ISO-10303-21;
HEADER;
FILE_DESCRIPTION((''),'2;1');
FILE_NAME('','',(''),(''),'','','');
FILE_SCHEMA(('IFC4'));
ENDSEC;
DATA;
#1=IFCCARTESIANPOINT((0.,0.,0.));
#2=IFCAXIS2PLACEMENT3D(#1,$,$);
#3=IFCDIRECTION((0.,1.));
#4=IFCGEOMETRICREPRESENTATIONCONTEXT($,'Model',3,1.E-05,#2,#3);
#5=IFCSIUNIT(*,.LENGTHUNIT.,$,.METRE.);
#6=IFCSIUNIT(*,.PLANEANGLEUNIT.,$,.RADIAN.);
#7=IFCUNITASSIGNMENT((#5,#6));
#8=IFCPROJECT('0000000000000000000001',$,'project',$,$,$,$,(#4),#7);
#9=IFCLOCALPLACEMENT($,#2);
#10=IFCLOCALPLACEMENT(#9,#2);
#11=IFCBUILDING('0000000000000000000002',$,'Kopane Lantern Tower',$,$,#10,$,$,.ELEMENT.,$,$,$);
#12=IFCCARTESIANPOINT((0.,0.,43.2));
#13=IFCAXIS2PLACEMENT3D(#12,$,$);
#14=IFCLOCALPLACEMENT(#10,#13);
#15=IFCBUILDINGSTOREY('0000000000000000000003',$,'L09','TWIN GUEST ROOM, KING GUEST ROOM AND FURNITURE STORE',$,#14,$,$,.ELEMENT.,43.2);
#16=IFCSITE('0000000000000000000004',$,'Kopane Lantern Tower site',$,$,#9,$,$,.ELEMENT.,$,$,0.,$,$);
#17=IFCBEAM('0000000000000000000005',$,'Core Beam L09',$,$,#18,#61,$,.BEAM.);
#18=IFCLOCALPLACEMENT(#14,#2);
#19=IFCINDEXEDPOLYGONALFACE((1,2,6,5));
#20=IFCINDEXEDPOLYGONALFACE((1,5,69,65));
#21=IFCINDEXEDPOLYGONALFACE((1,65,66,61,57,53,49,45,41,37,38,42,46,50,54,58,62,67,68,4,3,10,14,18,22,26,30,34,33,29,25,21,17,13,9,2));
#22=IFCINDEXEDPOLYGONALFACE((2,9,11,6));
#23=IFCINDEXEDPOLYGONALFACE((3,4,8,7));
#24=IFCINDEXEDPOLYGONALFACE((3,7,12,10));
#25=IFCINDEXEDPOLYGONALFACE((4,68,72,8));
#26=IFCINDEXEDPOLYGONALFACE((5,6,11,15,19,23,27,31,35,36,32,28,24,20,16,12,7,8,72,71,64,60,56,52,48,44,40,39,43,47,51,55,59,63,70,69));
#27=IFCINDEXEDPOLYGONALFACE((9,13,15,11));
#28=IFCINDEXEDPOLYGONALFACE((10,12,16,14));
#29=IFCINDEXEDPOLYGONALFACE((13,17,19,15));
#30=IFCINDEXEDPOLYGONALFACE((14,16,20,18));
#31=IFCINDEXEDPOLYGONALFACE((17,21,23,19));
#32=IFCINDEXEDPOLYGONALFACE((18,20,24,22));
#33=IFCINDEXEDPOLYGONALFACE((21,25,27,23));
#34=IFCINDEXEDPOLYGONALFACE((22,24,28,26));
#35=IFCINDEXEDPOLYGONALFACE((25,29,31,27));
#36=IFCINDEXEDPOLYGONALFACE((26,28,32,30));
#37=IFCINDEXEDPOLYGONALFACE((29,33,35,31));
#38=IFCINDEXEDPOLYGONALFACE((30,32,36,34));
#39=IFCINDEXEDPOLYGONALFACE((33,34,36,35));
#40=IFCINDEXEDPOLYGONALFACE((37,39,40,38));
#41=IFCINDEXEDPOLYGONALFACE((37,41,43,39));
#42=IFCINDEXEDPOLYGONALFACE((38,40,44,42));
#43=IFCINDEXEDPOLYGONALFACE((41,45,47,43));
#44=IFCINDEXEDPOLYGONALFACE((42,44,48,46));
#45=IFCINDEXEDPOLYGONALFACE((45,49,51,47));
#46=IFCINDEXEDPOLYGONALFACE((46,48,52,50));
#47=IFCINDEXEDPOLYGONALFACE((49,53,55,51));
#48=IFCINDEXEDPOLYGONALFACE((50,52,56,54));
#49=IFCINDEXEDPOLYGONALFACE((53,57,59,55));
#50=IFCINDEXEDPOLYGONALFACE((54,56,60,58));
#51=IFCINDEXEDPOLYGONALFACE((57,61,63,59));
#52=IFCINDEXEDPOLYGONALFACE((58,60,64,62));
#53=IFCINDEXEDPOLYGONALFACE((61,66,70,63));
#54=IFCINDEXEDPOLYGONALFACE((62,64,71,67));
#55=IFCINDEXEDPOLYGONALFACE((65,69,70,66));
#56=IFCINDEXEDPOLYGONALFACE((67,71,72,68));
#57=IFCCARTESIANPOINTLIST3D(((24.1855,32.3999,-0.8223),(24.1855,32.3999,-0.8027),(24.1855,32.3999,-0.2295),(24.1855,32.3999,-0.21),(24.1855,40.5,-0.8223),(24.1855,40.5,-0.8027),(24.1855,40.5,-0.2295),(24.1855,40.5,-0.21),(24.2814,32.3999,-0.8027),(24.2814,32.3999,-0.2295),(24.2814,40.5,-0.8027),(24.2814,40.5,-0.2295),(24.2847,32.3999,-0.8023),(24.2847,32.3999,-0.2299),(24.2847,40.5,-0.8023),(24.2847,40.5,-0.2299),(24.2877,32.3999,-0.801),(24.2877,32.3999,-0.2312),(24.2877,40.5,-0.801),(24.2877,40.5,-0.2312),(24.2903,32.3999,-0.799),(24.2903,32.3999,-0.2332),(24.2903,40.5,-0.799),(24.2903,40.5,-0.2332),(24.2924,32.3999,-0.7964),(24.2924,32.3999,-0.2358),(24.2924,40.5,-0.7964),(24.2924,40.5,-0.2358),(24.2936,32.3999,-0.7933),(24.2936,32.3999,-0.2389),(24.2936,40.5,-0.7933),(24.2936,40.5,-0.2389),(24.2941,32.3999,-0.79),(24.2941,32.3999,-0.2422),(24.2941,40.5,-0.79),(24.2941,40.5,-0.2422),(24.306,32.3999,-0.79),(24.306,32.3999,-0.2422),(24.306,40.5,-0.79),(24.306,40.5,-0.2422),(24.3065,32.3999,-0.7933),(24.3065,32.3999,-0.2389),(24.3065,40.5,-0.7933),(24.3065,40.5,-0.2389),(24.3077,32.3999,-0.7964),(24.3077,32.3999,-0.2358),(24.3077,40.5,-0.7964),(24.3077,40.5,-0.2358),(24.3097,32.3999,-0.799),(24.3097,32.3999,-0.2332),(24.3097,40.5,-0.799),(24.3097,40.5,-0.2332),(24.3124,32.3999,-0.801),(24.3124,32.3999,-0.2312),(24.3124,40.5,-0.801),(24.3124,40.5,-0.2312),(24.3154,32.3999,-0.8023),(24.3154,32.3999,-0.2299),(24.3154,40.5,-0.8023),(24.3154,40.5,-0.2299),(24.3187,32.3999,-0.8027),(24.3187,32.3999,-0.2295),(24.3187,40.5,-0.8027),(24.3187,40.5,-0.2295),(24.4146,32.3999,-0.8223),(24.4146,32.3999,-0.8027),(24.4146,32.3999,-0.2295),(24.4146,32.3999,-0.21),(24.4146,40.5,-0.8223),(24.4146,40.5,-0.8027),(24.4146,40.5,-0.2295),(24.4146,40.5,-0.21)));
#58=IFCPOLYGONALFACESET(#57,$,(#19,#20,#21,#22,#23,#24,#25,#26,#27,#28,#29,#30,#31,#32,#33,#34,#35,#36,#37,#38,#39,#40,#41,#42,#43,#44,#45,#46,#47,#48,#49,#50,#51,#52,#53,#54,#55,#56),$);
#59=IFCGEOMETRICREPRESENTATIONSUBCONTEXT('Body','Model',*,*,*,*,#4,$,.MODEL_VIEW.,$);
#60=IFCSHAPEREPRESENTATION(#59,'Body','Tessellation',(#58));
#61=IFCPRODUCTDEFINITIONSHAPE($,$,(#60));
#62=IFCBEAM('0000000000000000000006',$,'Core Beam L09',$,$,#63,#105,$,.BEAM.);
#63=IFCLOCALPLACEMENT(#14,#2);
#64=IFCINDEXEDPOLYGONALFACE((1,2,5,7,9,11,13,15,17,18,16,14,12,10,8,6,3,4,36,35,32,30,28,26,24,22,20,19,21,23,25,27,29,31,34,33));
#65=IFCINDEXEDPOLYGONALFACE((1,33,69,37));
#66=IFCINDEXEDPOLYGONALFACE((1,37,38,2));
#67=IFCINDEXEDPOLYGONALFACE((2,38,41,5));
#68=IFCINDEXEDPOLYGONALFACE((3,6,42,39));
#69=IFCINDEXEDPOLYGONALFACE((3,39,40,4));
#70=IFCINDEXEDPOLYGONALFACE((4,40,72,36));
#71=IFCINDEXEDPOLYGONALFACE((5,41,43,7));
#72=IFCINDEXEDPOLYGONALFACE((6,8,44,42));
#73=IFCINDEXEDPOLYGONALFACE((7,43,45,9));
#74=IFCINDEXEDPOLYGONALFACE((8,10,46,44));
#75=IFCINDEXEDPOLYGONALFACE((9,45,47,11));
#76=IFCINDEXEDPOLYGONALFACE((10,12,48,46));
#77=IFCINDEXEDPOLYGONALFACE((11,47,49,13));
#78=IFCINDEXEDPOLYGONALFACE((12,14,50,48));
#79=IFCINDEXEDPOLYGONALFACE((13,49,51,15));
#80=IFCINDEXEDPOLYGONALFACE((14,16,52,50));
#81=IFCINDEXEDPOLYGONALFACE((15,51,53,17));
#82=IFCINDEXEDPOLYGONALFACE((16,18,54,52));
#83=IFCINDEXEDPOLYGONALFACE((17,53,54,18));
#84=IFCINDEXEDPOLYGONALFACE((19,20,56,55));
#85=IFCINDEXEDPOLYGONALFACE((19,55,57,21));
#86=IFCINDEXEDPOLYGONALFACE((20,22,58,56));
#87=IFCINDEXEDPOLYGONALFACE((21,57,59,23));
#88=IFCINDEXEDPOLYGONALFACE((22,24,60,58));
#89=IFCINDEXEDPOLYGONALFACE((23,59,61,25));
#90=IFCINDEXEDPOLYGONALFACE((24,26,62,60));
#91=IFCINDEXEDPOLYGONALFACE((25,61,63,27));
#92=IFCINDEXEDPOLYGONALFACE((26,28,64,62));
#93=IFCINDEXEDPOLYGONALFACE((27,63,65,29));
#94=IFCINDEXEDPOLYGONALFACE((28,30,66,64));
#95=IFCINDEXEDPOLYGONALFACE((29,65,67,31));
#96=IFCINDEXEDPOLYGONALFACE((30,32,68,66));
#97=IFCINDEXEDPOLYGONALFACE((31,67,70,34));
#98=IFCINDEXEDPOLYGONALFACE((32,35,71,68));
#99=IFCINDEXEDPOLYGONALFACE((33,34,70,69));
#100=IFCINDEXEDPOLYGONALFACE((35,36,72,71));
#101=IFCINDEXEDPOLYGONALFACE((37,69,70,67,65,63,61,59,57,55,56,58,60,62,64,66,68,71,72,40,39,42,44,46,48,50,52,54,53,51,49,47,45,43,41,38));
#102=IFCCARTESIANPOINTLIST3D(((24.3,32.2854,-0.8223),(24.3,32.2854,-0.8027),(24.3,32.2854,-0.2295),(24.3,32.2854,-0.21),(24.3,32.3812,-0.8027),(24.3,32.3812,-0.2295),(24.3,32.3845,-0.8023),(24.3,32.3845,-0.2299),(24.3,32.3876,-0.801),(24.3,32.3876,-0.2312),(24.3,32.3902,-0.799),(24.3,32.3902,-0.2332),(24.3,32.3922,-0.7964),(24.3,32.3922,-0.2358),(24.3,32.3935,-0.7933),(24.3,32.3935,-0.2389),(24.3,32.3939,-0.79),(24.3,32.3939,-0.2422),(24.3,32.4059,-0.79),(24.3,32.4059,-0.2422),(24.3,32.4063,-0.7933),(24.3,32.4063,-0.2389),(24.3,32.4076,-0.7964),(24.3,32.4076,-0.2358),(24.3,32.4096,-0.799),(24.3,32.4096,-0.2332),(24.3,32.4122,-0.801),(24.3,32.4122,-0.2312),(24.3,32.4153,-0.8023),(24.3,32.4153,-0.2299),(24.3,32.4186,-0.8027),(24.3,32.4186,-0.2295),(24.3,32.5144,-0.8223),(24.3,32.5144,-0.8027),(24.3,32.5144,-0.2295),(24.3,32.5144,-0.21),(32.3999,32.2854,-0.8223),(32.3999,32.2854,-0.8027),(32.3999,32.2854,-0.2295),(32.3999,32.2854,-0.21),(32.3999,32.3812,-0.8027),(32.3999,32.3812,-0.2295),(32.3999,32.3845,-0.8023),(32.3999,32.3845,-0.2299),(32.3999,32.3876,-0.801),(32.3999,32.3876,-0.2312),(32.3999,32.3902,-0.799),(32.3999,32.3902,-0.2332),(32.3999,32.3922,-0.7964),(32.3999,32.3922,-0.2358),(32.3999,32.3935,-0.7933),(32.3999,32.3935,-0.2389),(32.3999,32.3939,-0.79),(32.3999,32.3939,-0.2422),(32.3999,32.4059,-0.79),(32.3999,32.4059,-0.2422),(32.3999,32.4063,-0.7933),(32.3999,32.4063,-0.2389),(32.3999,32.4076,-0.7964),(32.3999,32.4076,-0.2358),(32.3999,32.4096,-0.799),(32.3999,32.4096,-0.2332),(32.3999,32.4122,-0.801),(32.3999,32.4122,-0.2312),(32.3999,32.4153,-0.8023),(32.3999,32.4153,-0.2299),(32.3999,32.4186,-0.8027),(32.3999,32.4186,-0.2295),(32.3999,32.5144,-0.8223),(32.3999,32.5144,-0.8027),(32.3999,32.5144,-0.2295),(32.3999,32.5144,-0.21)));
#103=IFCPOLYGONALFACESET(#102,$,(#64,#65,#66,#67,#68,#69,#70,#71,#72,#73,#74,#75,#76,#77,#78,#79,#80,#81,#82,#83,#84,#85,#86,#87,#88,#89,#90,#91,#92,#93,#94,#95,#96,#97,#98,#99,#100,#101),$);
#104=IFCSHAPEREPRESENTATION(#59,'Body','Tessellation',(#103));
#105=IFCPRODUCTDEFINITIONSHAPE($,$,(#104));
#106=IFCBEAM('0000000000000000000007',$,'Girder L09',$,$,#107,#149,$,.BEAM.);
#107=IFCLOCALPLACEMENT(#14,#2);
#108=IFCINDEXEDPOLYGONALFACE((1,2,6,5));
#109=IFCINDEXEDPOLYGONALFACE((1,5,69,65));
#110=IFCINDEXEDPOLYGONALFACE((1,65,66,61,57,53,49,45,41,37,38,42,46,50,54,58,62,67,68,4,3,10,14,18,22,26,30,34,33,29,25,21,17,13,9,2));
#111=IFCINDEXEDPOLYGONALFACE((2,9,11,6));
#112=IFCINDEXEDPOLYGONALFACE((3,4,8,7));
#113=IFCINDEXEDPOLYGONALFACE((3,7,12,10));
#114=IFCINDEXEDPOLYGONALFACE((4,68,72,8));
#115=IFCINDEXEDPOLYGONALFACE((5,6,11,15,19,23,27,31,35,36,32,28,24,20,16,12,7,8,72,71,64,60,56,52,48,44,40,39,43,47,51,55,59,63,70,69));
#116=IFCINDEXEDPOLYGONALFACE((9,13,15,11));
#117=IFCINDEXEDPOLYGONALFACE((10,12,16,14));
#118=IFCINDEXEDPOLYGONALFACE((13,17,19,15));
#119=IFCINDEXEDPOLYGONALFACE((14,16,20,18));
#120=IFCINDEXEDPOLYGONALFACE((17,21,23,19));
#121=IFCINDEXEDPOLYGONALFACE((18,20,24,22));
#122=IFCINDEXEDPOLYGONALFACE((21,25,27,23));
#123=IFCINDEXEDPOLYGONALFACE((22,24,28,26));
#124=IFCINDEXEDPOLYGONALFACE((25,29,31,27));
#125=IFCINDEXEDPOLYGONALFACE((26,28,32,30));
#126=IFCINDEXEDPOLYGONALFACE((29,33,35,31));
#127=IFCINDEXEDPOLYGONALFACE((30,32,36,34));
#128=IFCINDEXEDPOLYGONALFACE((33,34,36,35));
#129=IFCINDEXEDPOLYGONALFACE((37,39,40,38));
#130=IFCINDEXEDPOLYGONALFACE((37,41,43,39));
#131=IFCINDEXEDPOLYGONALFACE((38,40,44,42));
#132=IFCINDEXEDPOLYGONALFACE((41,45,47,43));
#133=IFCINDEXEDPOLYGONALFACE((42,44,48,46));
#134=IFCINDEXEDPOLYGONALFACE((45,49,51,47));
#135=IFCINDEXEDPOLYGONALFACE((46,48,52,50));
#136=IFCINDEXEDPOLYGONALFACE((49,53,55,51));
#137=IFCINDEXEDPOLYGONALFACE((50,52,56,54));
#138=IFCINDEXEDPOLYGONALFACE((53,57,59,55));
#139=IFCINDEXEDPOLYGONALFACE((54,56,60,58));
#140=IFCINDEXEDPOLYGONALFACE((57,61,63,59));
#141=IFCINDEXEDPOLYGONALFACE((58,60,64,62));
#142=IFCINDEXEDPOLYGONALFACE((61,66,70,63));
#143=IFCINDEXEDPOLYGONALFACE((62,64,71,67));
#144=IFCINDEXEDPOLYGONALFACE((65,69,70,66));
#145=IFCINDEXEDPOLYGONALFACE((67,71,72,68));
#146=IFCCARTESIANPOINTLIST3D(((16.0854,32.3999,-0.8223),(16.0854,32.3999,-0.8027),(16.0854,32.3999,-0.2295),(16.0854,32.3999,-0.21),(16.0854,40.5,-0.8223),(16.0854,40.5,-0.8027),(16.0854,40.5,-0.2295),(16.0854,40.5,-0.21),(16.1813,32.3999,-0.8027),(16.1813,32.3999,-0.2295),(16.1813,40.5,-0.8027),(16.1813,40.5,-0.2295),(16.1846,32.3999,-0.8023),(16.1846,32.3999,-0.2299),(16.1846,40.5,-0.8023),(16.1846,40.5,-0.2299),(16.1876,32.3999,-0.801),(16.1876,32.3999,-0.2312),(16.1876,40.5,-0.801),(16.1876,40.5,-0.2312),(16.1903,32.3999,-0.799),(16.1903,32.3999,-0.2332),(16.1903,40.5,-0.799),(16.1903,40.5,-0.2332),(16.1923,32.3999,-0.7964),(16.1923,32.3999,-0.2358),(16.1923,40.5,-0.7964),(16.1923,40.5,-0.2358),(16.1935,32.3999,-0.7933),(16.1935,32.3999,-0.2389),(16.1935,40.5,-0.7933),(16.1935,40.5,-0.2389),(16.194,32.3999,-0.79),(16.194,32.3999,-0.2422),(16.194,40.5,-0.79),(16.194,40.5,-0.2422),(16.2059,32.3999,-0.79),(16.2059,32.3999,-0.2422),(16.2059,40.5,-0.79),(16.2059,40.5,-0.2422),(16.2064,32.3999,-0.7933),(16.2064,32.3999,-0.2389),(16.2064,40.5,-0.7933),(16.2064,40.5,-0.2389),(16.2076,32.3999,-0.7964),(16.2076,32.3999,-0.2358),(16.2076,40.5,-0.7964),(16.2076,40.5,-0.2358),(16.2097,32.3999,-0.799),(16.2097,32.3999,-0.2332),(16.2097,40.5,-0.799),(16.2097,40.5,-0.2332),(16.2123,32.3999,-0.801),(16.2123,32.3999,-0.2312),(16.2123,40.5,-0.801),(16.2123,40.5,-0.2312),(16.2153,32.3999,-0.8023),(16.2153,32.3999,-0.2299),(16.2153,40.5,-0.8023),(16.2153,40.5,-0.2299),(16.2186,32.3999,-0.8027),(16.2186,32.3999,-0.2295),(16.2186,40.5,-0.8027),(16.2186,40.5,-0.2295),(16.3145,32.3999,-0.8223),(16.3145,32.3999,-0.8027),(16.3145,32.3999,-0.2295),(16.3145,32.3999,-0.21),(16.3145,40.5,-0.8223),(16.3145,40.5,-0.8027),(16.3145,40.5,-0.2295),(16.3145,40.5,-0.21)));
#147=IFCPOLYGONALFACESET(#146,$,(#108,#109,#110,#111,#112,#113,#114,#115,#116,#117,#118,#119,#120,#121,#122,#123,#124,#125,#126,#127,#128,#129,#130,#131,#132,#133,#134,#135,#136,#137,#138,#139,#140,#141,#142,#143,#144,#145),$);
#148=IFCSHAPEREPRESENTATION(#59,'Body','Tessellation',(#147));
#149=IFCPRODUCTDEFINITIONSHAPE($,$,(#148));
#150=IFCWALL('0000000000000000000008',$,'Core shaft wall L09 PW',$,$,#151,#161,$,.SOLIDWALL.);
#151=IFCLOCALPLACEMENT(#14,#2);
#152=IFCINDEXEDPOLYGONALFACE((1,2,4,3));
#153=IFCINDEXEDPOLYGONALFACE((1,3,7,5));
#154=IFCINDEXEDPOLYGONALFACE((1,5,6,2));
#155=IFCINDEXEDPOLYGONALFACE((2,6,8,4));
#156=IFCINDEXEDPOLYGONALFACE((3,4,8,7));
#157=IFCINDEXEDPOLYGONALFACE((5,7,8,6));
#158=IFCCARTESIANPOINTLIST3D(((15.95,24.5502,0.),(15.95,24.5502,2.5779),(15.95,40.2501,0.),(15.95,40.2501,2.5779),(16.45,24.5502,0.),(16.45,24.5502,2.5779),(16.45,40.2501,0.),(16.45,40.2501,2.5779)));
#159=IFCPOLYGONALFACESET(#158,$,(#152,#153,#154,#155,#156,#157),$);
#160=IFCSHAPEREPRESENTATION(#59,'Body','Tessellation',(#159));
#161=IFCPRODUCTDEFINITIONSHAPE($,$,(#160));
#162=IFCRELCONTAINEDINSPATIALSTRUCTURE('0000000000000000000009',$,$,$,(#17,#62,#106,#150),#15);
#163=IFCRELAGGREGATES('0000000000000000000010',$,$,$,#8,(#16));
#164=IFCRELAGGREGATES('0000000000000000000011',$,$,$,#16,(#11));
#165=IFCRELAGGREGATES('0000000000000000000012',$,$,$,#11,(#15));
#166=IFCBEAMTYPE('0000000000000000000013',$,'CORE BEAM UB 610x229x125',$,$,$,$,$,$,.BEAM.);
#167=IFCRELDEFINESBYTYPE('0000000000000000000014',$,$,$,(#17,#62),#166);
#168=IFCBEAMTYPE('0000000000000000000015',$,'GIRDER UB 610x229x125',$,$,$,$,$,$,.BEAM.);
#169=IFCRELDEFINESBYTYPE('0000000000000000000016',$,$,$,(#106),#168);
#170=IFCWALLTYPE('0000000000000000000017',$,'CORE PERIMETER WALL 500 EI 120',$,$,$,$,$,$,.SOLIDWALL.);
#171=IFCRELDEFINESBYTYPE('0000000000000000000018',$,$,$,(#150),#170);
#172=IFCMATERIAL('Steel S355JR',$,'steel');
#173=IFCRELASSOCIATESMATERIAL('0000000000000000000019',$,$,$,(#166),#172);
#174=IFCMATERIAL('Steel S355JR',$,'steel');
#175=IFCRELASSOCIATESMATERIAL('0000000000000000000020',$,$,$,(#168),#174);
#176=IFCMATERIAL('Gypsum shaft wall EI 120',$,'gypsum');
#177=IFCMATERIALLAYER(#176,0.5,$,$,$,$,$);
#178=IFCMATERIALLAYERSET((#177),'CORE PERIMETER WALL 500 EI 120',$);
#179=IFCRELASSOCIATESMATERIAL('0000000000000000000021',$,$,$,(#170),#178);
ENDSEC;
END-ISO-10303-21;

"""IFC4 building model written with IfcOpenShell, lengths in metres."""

from ifc_helpers import new_model, si_unit, direction, frame, frame_2d, origin, origin_2d, place, context, subcontext, project, spatial, rectangle, i_section, extrude, material, layer, layer_set, material_profile, profile_set, type_object, element, save


model = new_model("IFC4")

# Units and contexts
model_context = context("Model", 3, precision=1e-05, world=origin(), true_north=direction((0.0, 1.0)))
body_context = subcontext(model_context, "Body", "Model", "MODEL_VIEW")
ifc_project = project(units=[si_unit("LENGTHUNIT", "METRE"), si_unit("PLANEANGLEUNIT", "RADIAN")], contexts=[model_context])

# Site, building, storey
site_placement = place(None, origin())
site = spatial("IfcSite", under=ifc_project, at=site_placement, Name="Kopane Lantern Tower site", CompositionType="ELEMENT", RefElevation=0.0)
building_placement = place(site_placement, origin())
building = spatial("IfcBuilding", under=site, at=building_placement, Name="Kopane Lantern Tower", CompositionType="ELEMENT")
storey_placement = place(building_placement, frame((0.0, 0.0, 43.2)))
storey = spatial("IfcBuildingStorey", under=building, at=storey_placement, Name="L09", Description="TWIN GUEST ROOM, KING GUEST ROOM AND FURNITURE STORE", CompositionType="ELEMENT", Elevation=43.2)

# Beams
ifc_material_1 = material(Name="Steel S355JR", Category="steel")
ifc_material_profile_1 = material_profile(ifc_material_1, i_section(OverallWidth=0.229, OverallDepth=0.6123, WebThickness=0.012, FlangeThickness=0.0195, FilletRadius=0.0127, at=origin_2d()), Name="UB 610x229x125")
ifc_profile_set_1 = profile_set([ifc_material_profile_1], Name="Steel S355JR")
beam_type_1 = type_object("IfcBeamType", Name="CORE BEAM UB 610x229x125", PredefinedType="BEAM", material=ifc_profile_set_1)
for number, where, z_axis, x_axis, name in (
    (1, (24.3, 32.3999, -0.5161), (0.0, 1.0, 0.0), (-1.0, 0.0, 0.0), "Core Beam L09"),
):
    element("IfcBeam", number, at=place(storey_placement, frame(where, z_axis=z_axis, x_axis=x_axis)), inside=storey, type_object=beam_type_1, Name=name, PredefinedType="BEAM", context=body_context, shape_type="SweptSolid", body=[
        extrude(i_section(OverallWidth=0.229, OverallDepth=0.6123, WebThickness=0.012, FlangeThickness=0.0195, FilletRadius=0.0127, at=origin_2d()), origin(), (0.0, 0.0, 1.0), 8.1001),
    ])
beam_1_placement = place(storey_placement, frame((24.3, 32.3999, -0.5161), z_axis=(1.0, 0.0, 0.0), x_axis=(0.0, 1.0, 0.0)))
element("IfcBeam", 2, at=beam_1_placement, inside=storey, type_object=beam_type_1, Name="Core Beam L09", PredefinedType="BEAM", context=body_context, shape_type="SweptSolid", body=[
    extrude(i_section(OverallWidth=0.229, OverallDepth=0.6123, WebThickness=0.012, FlangeThickness=0.0195, FilletRadius=0.0127, at=origin_2d()), origin(), (0.0, 0.0, 1.0), 8.0999),
])
ifc_material_2 = material(Name="Steel S355JR", Category="steel")
ifc_material_profile_2 = material_profile(ifc_material_2, i_section(OverallWidth=0.229, OverallDepth=0.6123, WebThickness=0.012, FlangeThickness=0.0195, FilletRadius=0.0127, at=origin_2d()), Name="UB 610x229x125")
ifc_profile_set_2 = profile_set([ifc_material_profile_2], Name="Steel S355JR")
beam_type_2 = type_object("IfcBeamType", Name="GIRDER UB 610x229x125", PredefinedType="BEAM", material=ifc_profile_set_2)
beam_2_placement = place(storey_placement, frame((16.2, 32.3999, -0.5161), z_axis=(0.0, 1.0, 0.0), x_axis=(-1.0, 0.0, 0.0)))
element("IfcBeam", 3, at=beam_2_placement, inside=storey, type_object=beam_type_2, Name="Girder L09", PredefinedType="BEAM", context=body_context, shape_type="SweptSolid", body=[
    extrude(i_section(OverallWidth=0.229, OverallDepth=0.6123, WebThickness=0.012, FlangeThickness=0.0195, FilletRadius=0.0127, at=origin_2d()), origin(), (0.0, 0.0, 1.0), 8.1001),
])

# Wall
ifc_material_3 = material(Name="Gypsum shaft wall EI 120", Category="gypsum")
ifc_layer_1 = layer(ifc_material_3, 0.5)
ifc_layer_set_1 = layer_set([ifc_layer_1], Name="CORE PERIMETER WALL 500 EI 120")
wall_type_1 = type_object("IfcWallType", Name="CORE PERIMETER WALL 500 EI 120", PredefinedType="SOLIDWALL", material=ifc_layer_set_1)
wall_1_placement = place(storey_placement, frame((16.2, 24.55, 0.0), z_axis=(0.0, 0.0, 1.0), x_axis=(0.0, 1.0, 0.0)))
element("IfcWall", 4, at=wall_1_placement, inside=storey, type_object=wall_type_1, Name="Core shaft wall L09 PW", PredefinedType="SOLIDWALL", context=body_context, shape_type="SweptSolid", body=[
    extrude(rectangle(XDim=15.7, YDim=0.5, at=frame_2d((7.8501, 0.0))), origin(), (0.0, 0.0, 1.0), 2.5779),
])

save(model, "model.ifc")
